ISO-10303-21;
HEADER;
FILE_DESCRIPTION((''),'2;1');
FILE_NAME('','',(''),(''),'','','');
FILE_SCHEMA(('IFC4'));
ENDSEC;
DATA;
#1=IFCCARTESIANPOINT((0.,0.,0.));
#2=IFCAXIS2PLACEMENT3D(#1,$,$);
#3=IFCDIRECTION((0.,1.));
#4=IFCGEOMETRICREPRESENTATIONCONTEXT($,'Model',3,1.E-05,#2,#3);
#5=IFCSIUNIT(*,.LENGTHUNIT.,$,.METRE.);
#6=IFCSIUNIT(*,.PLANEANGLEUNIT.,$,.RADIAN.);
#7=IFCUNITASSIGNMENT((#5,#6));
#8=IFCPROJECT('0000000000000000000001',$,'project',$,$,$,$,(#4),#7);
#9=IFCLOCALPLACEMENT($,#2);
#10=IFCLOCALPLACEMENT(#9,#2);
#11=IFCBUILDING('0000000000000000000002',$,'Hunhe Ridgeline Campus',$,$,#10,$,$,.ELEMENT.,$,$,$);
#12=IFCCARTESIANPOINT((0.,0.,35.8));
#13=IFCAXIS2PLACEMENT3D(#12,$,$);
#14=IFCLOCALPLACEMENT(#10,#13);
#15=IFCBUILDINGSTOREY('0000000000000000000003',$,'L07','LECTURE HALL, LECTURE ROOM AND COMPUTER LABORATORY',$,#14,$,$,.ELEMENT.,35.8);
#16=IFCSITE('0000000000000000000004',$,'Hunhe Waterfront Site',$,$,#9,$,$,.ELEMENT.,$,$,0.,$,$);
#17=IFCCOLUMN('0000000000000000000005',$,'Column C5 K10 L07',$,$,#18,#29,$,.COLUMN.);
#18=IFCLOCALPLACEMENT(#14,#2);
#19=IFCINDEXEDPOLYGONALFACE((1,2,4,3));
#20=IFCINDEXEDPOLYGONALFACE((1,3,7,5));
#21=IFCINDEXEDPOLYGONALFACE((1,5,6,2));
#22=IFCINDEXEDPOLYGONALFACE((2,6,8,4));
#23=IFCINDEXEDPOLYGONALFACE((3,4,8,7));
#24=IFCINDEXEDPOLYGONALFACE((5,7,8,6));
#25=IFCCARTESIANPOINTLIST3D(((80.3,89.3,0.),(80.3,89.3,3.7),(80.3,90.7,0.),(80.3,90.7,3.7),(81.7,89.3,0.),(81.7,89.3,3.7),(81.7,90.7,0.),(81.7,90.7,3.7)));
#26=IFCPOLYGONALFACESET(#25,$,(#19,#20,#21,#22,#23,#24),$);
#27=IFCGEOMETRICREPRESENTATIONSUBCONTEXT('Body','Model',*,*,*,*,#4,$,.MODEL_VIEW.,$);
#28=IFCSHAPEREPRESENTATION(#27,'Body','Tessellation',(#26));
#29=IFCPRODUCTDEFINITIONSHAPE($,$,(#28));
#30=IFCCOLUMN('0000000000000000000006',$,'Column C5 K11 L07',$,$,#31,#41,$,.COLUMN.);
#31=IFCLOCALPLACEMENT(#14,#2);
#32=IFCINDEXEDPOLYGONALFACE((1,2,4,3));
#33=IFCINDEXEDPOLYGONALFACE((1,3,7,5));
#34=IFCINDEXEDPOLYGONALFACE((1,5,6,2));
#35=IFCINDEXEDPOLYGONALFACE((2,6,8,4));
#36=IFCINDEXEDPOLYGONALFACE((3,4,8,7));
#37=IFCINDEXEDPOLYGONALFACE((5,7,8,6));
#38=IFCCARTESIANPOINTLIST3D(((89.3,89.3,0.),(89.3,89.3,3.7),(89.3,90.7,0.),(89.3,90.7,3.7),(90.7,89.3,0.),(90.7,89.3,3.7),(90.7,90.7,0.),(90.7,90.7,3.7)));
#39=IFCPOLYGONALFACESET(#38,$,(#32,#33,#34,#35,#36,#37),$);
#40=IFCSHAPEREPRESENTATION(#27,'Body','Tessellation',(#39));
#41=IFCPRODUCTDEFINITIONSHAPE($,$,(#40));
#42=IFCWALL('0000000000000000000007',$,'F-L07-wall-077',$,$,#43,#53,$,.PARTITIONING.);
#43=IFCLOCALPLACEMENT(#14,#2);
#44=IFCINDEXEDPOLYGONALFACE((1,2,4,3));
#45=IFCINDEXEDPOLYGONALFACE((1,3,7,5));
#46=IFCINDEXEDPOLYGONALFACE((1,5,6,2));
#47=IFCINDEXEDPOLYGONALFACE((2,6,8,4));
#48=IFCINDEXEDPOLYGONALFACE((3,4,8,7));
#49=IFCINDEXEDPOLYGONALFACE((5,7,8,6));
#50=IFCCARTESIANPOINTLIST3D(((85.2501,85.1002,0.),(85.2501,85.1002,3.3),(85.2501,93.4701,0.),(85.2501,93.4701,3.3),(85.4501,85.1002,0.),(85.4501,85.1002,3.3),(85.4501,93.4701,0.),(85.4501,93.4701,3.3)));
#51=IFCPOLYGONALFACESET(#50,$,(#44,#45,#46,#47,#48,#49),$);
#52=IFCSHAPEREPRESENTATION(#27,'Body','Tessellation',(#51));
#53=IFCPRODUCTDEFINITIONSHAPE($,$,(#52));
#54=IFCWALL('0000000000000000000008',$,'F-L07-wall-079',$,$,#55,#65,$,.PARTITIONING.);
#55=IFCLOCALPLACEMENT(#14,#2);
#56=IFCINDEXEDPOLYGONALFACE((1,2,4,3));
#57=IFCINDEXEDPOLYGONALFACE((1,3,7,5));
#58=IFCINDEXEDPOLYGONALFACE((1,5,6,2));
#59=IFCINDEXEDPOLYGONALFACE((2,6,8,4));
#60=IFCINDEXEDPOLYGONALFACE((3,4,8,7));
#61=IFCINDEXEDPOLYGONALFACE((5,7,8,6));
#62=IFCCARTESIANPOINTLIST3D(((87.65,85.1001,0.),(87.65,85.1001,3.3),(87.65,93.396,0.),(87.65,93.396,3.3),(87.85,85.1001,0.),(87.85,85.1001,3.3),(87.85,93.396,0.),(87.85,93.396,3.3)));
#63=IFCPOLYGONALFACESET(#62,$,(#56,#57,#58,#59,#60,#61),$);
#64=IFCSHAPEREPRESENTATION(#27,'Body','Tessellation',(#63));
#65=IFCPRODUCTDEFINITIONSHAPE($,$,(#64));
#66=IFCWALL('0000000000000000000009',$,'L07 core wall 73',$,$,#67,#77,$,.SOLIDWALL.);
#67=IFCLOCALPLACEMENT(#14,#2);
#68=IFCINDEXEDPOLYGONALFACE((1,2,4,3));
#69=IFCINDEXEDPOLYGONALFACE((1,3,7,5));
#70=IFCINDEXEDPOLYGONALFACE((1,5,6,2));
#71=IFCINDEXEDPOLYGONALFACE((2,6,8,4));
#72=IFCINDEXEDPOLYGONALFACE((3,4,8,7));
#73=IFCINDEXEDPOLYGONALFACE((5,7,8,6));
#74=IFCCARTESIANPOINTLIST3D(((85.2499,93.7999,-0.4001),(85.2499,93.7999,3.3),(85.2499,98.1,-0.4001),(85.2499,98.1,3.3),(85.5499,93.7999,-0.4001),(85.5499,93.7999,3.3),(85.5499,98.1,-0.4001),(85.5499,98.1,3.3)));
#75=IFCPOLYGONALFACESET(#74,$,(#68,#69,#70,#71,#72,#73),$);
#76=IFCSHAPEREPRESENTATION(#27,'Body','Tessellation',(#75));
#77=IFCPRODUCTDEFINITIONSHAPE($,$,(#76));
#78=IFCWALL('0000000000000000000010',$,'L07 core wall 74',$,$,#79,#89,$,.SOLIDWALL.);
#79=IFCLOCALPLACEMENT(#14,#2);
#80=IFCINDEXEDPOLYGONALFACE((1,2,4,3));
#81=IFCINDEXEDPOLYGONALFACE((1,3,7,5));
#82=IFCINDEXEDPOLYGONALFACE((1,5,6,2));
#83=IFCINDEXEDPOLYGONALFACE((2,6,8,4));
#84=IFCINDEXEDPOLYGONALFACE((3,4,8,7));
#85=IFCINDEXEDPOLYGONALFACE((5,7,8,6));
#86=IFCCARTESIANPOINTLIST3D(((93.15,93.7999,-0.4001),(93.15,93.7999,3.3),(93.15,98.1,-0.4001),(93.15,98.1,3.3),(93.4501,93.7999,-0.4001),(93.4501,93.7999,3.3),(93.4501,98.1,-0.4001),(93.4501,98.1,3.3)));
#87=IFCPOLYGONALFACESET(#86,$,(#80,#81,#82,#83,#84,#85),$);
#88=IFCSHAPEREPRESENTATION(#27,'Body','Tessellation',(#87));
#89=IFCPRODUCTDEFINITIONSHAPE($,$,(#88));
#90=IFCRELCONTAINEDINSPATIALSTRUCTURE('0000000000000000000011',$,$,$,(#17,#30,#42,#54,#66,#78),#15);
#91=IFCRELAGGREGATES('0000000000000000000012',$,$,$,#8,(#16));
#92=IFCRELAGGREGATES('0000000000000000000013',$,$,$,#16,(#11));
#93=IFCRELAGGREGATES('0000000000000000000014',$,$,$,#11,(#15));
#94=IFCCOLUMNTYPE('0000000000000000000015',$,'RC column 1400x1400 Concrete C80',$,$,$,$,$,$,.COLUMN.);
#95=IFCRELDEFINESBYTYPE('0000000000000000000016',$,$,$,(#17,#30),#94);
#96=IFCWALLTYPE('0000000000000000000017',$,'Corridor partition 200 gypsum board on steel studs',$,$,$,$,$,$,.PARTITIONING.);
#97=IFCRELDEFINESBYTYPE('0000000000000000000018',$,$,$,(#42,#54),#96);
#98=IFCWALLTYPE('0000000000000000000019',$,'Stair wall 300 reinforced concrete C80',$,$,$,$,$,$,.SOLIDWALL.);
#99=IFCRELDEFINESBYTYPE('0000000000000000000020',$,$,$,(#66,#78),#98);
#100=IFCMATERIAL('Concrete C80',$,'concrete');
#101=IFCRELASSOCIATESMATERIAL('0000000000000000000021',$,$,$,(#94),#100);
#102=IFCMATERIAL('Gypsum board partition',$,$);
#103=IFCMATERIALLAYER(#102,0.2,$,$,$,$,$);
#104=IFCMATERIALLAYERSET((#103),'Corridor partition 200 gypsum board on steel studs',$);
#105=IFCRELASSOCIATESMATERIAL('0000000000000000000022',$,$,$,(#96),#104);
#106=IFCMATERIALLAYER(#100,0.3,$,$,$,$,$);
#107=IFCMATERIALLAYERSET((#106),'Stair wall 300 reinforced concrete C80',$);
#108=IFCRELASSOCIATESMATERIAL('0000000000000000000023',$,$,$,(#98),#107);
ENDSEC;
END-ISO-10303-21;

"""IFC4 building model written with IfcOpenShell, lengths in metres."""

from ifc_helpers import new_model, si_unit, direction, frame, frame_2d, origin, origin_2d, place, context, subcontext, project, spatial, rectangle, extrude, material, layer, layer_set, material_profile, profile_set, type_object, element, save


model = new_model("IFC4")

# Units and contexts
model_context = context("Model", 3, precision=1e-05, world=origin(), true_north=direction((0.0, 1.0)))
body_context = subcontext(model_context, "Body", "Model", "MODEL_VIEW")
ifc_project = project(units=[si_unit("LENGTHUNIT", "METRE"), si_unit("PLANEANGLEUNIT", "RADIAN")], contexts=[model_context])

# Site, building, storey
site_placement = place(None, origin())
site = spatial("IfcSite", under=ifc_project, at=site_placement, Name="Hunhe Waterfront Site", CompositionType="ELEMENT", RefElevation=0.0)
building_placement = place(site_placement, origin())
building = spatial("IfcBuilding", under=site, at=building_placement, Name="Hunhe Ridgeline Campus", CompositionType="ELEMENT")
storey_placement = place(building_placement, frame((0.0, 0.0, 35.8)))
storey = spatial("IfcBuildingStorey", under=building, at=storey_placement, Name="L07", Description="LECTURE HALL, LECTURE ROOM AND COMPUTER LABORATORY", CompositionType="ELEMENT", Elevation=35.8)

# Columns
ifc_material_1 = material(Name="Concrete C80", Category="concrete")
ifc_material_profile = material_profile(ifc_material_1, rectangle(XDim=1.3999, YDim=1.3999, at=origin_2d()))
ifc_profile_set = profile_set([ifc_material_profile], Name="Concrete C80")
column_type = type_object("IfcColumnType", Name="RC column 1400x1400 Concrete C80", PredefinedType="COLUMN", material=ifc_profile_set)
for number, where, z_axis, x_axis, name in (
    (1, (81.0, 90.0, 0.0), (0.0, 0.0, 1.0), (1.0, 0.0, 0.0), "Column C5 K10 L07"),
    (2, (90.0, 90.0, 0.0), (0.0, 0.0, 1.0), (1.0, 0.0, 0.0), "Column C5 K11 L07"),
):
    element("IfcColumn", number, at=place(storey_placement, frame(where, z_axis=z_axis, x_axis=x_axis)), inside=storey, type_object=column_type, Name=name, PredefinedType="COLUMN", context=body_context, shape_type="SweptSolid", body=[
        extrude(rectangle(XDim=1.3999, YDim=1.3999, at=origin_2d()), origin(), (0.0, 0.0, 1.0), 3.7),
    ])

# Shared definitions
ifc_material_2 = material(Name="Gypsum board partition")
ifc_layer_1 = layer(ifc_material_2, 0.2)
ifc_layer_set_1 = layer_set([ifc_layer_1], Name="Corridor partition 200 gypsum board on steel studs")
wall_type_1 = type_object("IfcWallType", Name="Corridor partition 200 gypsum board on steel studs", PredefinedType="PARTITIONING", material=ifc_layer_set_1)

# Wall
wall_1_placement = place(storey_placement, frame((85.3501, 85.1001, 0.0), z_axis=(0.0, 0.0, 1.0), x_axis=(0.0, 1.0, 0.0)))
element("IfcWall", 3, at=wall_1_placement, inside=storey, type_object=wall_type_1, Name="F-L07-wall-077", PredefinedType="PARTITIONING", context=body_context, shape_type="SweptSolid", body=[
    extrude(rectangle(XDim=8.3699, YDim=0.2, at=frame_2d((4.1851, 0.0))), origin(), (0.0, 0.0, 1.0), 3.3),
])

# Wall
wall_2_placement = place(storey_placement, frame((87.75, 93.396, 0.0), z_axis=(0.0, 0.0, 1.0), x_axis=(0.0, -1.0, 0.0)))
element("IfcWall", 4, at=wall_2_placement, inside=storey, type_object=wall_type_1, Name="F-L07-wall-079", PredefinedType="PARTITIONING", context=body_context, shape_type="SweptSolid", body=[
    extrude(rectangle(XDim=8.2959, YDim=0.2, at=frame_2d((4.1479, 0.0))), origin(), (0.0, 0.0, 1.0), 3.3),
])

# Shared definitions
ifc_layer_2 = layer(ifc_material_1, 0.3)
ifc_layer_set_2 = layer_set([ifc_layer_2], Name="Stair wall 300 reinforced concrete C80")
wall_type_2 = type_object("IfcWallType", Name="Stair wall 300 reinforced concrete C80", PredefinedType="SOLIDWALL", material=ifc_layer_set_2)

# Walls
for number, where, z_axis, x_axis, name in (
    (5, (85.3999, 93.8, -0.4001), (0.0, 0.0, 1.0), (0.0, 1.0, 0.0), "L07 core wall 73"),
    (6, (93.3, 93.8, -0.4001), (0.0, 0.0, 1.0), (0.0, 1.0, 0.0), "L07 core wall 74"),
):
    element("IfcWall", number, at=place(storey_placement, frame(where, z_axis=z_axis, x_axis=x_axis)), inside=storey, type_object=wall_type_2, Name=name, PredefinedType="SOLIDWALL", context=body_context, shape_type="SweptSolid", body=[
        extrude(rectangle(XDim=4.3, YDim=0.3, at=frame_2d((2.1499, 0.0))), origin(), (0.0, 0.0, 1.0), 3.7002),
    ])

save(model, "model.ifc")
